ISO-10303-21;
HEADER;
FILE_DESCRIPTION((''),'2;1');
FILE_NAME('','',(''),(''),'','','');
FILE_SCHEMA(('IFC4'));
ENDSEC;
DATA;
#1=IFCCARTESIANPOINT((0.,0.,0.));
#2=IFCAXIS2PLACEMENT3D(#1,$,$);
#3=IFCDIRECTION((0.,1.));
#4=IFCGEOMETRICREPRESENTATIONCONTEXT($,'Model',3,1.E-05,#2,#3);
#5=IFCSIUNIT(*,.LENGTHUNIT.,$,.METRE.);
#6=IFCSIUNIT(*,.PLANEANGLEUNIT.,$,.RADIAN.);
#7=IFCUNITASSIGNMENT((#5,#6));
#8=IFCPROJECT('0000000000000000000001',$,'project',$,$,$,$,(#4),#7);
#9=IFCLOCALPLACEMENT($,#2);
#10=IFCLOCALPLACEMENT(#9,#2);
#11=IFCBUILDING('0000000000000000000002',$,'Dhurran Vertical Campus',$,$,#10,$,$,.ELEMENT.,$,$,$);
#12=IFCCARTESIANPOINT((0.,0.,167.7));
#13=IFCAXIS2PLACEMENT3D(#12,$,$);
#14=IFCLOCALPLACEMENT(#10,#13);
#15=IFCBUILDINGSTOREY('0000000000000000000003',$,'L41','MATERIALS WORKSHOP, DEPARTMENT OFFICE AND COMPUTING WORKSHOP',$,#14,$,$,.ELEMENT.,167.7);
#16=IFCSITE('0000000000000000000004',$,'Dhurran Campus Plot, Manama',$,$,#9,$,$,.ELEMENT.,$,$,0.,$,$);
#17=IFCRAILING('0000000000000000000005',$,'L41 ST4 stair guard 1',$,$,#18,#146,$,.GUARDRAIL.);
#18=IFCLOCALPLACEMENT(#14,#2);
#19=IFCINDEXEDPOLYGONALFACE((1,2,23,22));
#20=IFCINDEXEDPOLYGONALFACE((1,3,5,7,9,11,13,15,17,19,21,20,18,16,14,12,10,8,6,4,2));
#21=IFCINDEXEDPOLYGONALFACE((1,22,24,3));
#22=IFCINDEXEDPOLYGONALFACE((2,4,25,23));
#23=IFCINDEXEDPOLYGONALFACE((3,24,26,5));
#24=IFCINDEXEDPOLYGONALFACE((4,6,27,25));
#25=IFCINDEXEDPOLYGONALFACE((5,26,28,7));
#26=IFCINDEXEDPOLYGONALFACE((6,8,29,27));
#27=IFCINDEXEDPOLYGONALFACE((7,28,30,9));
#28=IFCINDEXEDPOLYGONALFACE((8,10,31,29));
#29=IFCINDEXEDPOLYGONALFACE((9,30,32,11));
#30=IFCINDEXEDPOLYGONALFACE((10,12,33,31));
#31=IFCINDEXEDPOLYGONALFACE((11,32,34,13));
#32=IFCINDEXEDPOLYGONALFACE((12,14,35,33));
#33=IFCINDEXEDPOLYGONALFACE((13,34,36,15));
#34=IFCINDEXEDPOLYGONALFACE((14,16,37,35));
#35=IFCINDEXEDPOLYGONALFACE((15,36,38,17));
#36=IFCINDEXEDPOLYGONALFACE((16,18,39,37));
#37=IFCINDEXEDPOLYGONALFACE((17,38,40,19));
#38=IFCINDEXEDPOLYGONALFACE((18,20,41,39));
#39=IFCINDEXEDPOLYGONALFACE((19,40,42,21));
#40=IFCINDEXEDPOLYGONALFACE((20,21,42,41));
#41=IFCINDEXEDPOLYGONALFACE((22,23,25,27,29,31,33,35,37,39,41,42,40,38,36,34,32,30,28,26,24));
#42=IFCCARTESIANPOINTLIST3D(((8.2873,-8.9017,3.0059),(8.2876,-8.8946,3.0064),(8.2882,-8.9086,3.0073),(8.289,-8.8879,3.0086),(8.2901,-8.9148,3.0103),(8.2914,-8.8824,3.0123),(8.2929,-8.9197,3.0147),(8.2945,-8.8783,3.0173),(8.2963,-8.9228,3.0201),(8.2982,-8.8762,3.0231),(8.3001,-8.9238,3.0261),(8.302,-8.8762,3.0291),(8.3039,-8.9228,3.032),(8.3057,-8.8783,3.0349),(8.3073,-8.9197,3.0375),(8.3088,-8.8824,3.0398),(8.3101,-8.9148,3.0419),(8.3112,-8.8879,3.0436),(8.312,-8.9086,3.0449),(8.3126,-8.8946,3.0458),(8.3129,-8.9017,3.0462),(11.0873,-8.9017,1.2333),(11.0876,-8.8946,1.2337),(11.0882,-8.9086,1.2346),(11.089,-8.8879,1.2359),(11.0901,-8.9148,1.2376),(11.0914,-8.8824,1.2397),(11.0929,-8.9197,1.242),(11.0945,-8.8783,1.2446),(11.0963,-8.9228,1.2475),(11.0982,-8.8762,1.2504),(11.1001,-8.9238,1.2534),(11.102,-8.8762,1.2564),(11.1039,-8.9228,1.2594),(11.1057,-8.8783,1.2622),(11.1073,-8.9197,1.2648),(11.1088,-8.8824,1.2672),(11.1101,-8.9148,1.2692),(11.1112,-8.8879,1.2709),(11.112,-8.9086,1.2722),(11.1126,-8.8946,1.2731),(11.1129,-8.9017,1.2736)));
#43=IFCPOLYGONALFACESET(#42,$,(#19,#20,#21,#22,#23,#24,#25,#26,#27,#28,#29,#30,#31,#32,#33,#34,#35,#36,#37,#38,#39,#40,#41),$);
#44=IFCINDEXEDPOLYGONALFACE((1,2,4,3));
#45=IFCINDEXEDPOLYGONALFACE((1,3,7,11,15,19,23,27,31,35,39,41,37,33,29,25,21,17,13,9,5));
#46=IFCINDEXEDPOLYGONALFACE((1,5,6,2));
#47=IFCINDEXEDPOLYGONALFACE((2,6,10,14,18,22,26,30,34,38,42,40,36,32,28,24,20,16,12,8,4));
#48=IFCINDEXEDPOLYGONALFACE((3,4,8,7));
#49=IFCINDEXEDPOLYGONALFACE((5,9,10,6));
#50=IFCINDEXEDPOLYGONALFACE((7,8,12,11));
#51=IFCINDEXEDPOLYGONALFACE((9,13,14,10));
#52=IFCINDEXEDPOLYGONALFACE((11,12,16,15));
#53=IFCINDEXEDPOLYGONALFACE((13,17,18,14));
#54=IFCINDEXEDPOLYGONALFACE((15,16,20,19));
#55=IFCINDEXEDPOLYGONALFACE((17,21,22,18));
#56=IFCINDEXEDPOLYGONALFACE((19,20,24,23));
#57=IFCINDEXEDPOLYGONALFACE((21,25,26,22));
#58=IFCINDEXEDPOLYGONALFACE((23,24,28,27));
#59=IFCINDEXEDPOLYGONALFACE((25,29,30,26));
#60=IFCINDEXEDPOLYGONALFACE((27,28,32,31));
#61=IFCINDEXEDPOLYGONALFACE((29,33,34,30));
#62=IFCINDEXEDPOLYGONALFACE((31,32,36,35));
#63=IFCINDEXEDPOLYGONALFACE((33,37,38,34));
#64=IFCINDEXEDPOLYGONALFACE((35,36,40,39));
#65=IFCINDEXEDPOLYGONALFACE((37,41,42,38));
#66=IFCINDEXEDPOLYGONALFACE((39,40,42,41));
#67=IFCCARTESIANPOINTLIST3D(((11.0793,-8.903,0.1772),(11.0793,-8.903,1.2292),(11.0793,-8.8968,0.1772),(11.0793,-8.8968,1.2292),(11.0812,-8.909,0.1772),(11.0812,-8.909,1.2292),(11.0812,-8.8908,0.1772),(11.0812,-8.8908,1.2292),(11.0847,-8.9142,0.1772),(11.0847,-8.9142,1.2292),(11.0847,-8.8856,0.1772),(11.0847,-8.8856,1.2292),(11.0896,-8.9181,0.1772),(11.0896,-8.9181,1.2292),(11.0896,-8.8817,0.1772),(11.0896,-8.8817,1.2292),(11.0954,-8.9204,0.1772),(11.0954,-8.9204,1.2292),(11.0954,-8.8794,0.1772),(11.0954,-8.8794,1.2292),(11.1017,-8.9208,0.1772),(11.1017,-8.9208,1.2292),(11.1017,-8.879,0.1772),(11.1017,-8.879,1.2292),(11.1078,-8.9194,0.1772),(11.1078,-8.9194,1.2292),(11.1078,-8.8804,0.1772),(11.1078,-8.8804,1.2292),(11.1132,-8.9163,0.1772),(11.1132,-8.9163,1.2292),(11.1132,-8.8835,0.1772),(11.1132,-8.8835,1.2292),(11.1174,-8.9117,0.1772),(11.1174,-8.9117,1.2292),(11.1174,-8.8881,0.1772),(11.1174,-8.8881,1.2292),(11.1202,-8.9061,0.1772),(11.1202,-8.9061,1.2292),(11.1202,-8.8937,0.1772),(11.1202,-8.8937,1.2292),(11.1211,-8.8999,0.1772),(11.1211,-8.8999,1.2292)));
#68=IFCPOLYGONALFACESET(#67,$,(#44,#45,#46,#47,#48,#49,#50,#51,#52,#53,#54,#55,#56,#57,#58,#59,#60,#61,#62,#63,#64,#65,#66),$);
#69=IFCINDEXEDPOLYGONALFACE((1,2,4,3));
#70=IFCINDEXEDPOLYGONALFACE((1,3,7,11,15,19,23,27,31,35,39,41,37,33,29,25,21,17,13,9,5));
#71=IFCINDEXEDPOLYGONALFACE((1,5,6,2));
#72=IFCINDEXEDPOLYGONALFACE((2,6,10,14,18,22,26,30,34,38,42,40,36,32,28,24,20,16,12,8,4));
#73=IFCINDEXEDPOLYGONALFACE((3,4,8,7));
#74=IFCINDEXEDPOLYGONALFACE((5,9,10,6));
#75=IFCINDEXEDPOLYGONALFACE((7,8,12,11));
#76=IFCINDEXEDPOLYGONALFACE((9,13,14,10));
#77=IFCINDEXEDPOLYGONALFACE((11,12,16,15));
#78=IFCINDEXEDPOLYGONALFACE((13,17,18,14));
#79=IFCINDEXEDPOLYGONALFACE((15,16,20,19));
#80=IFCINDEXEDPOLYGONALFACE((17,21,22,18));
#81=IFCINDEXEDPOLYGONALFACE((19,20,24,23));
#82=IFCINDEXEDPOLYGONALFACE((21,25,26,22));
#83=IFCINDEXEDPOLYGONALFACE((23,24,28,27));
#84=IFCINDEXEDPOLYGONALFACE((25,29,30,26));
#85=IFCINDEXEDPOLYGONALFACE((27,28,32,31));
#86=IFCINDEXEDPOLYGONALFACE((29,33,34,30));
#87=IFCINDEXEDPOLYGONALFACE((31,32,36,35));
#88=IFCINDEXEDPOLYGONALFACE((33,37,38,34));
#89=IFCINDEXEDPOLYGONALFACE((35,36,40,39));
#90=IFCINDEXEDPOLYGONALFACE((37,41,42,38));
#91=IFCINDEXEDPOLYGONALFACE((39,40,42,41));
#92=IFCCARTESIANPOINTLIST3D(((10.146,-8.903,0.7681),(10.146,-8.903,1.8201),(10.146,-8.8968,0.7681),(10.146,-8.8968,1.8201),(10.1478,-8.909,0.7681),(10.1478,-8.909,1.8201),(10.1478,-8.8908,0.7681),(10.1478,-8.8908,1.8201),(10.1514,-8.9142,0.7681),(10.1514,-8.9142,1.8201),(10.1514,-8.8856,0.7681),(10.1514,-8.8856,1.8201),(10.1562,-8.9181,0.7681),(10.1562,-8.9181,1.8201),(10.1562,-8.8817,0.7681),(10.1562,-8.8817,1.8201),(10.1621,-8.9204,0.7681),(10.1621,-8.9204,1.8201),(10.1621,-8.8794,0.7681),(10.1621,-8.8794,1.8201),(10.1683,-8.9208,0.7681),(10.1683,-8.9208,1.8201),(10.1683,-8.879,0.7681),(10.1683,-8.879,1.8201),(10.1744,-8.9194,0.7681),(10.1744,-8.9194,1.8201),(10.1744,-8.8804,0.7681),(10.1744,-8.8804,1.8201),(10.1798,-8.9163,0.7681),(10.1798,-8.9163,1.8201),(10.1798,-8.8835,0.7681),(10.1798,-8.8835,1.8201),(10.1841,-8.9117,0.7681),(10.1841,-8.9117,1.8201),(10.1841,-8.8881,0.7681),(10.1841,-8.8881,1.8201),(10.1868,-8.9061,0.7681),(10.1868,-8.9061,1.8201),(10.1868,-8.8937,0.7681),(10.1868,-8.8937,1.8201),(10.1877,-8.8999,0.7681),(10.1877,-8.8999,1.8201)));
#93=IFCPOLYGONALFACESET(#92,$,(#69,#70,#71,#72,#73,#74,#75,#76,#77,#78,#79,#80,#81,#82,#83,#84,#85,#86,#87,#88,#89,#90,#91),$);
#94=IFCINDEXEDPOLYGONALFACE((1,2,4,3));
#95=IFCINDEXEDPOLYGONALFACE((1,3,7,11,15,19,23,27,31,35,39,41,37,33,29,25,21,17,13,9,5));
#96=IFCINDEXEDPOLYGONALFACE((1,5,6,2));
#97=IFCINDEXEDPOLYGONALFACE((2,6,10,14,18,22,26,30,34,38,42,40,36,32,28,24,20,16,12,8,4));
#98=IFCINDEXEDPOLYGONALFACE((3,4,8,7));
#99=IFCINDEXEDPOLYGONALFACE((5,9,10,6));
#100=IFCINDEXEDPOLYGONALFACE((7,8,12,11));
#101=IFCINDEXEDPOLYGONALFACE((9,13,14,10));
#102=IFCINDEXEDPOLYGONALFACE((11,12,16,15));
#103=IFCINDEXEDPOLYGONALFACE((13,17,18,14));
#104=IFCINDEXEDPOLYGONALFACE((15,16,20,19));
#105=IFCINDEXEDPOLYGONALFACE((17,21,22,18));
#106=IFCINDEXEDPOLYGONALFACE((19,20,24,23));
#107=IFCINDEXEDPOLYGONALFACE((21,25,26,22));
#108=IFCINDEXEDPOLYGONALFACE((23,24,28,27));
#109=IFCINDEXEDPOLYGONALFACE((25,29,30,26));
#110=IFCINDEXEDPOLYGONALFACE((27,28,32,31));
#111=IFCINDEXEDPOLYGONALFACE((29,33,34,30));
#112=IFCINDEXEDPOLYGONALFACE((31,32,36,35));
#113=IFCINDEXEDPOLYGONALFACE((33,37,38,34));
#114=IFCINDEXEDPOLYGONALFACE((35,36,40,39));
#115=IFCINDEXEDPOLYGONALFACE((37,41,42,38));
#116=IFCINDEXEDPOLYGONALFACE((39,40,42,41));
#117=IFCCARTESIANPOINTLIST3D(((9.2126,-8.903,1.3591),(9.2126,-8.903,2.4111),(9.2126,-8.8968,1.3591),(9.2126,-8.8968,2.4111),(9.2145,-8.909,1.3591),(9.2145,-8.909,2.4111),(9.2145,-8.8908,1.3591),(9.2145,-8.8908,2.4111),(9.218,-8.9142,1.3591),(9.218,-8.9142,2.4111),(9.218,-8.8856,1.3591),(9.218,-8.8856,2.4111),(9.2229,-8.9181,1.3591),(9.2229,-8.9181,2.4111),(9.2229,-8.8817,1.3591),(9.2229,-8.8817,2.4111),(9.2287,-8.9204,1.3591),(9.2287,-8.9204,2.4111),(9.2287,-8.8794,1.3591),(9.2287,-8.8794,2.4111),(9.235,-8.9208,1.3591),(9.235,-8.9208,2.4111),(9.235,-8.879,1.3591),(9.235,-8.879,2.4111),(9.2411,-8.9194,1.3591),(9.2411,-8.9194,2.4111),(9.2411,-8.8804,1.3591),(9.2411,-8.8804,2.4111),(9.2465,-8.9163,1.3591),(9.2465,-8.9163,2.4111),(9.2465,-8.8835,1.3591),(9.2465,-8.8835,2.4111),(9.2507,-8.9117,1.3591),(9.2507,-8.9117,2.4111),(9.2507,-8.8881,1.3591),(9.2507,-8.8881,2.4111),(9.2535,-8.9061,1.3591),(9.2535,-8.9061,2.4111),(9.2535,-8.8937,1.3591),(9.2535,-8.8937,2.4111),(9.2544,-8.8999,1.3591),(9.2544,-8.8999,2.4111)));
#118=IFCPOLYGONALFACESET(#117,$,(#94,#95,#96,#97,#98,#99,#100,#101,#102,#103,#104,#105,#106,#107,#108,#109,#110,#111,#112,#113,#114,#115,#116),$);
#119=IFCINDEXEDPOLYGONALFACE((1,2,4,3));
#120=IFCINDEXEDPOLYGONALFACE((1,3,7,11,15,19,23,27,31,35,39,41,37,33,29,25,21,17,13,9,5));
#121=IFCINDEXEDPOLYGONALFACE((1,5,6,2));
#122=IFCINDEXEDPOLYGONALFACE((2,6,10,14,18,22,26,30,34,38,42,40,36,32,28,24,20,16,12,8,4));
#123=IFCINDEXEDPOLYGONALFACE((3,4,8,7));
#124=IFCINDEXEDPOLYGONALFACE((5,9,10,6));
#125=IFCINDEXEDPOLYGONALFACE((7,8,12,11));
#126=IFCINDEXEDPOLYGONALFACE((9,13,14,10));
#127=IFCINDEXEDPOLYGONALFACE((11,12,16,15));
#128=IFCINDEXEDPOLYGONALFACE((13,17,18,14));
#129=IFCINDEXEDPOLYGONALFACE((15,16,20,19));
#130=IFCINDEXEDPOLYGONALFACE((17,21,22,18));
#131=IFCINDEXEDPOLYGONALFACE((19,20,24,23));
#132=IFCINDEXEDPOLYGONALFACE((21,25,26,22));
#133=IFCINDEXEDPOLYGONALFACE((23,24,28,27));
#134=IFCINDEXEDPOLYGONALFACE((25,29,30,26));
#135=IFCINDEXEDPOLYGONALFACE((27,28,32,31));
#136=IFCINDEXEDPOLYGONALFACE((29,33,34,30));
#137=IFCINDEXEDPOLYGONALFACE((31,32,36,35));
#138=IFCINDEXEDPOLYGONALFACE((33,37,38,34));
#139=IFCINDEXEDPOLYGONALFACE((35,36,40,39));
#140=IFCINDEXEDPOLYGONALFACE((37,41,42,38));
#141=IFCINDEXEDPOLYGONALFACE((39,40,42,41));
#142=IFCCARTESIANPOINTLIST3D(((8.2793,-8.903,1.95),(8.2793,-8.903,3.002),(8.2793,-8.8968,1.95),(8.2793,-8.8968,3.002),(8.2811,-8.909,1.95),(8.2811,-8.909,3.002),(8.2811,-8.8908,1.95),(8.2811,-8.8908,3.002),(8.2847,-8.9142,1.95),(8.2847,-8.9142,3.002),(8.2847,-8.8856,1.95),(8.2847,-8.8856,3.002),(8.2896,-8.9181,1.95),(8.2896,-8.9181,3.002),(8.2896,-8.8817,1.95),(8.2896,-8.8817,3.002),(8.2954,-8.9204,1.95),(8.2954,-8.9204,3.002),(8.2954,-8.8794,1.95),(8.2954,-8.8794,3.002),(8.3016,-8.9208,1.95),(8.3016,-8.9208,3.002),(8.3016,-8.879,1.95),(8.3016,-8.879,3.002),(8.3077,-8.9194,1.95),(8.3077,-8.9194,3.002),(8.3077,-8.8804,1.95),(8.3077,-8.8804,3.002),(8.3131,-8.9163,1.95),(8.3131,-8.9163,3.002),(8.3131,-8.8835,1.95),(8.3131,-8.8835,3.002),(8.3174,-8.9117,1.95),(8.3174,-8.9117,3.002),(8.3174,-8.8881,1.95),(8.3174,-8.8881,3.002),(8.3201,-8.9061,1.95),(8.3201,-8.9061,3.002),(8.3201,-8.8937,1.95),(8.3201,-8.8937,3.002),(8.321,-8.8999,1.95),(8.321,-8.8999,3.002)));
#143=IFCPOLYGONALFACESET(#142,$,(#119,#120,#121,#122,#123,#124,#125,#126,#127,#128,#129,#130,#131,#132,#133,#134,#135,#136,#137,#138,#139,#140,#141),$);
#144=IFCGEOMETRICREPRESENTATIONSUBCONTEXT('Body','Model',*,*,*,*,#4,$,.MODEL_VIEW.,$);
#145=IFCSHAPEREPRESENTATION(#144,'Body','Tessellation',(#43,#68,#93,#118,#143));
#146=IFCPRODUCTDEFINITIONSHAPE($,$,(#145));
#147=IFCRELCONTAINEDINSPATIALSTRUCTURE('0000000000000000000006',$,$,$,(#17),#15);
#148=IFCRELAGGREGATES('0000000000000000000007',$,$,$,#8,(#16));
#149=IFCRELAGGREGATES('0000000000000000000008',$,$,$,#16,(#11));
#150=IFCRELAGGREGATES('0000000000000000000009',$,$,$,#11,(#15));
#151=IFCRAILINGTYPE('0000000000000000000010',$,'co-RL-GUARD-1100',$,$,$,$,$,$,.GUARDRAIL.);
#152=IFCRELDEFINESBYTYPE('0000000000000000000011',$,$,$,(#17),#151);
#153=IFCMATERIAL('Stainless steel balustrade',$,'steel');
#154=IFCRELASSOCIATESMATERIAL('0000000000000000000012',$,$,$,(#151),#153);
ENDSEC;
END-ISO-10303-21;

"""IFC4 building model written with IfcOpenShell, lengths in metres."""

from ifc_helpers import new_model, si_unit, direction, frame, origin, origin_2d, place, context, subcontext, project, spatial, circle, extrude, material, type_object, element, save


model = new_model("IFC4")

# Units and contexts
model_context = context("Model", 3, precision=1e-05, world=origin(), true_north=direction((0.0, 1.0)))
body_context = subcontext(model_context, "Body", "Model", "MODEL_VIEW")
ifc_project = project(units=[si_unit("LENGTHUNIT", "METRE"), si_unit("PLANEANGLEUNIT", "RADIAN")], contexts=[model_context])

# Site, building, storey
site_placement = place(None, origin())
site = spatial("IfcSite", under=ifc_project, at=site_placement, Name="Dhurran Campus Plot, Manama", CompositionType="ELEMENT", RefElevation=0.0)
building_placement = place(site_placement, origin())
building = spatial("IfcBuilding", under=site, at=building_placement, Name="Dhurran Vertical Campus", CompositionType="ELEMENT")
storey_placement = place(building_placement, frame((0.0, 0.0, 167.7)))
storey = spatial("IfcBuildingStorey", under=building, at=storey_placement, Name="L41", Description="MATERIALS WORKSHOP, DEPARTMENT OFFICE AND COMPUTING WORKSHOP", CompositionType="ELEMENT", Elevation=167.7)

# Railing
ifc_material_1 = material(Name="Stainless steel balustrade", Category="steel")
railing_type_1 = type_object("IfcRailingType", Name="co-RL-GUARD-1100", PredefinedType="GUARDRAIL", material=ifc_material_1)
railing_1_placement = place(storey_placement, frame((11.1001, -8.8999, 0.1772)))
element("IfcRailing", 1, at=railing_1_placement, inside=storey, type_object=railing_type_1, Name="L41 ST4 stair guard 1", PredefinedType="GUARDRAIL", context=body_context, shape_type="SweptSolid", body=[
    extrude(circle(Radius=0.0239, at=origin_2d()), frame((0.0, 0.0, 1.0762), z_axis=(-0.844909, 0.0, 0.53491), x_axis=(0.0, -1.0, 0.0)), (0.0, 0.0, 1.0), 3.314),
    extrude(circle(Radius=0.021, at=origin_2d()), origin(), (0.0, 0.0, 1.0), 1.052),
    extrude(circle(Radius=0.021, at=origin_2d()), frame((-0.9333, 0.0, 0.5908)), (0.0, 0.0, 1.0), 1.052),
    extrude(circle(Radius=0.021, at=origin_2d()), frame((-1.8667, 0.0, 1.1819)), (0.0, 0.0, 1.0), 1.052),
    extrude(circle(Radius=0.021, at=origin_2d()), frame((-2.8, 0.0, 1.7727)), (0.0, 0.0, 1.0), 1.052),
])

save(model, "model.ifc")
